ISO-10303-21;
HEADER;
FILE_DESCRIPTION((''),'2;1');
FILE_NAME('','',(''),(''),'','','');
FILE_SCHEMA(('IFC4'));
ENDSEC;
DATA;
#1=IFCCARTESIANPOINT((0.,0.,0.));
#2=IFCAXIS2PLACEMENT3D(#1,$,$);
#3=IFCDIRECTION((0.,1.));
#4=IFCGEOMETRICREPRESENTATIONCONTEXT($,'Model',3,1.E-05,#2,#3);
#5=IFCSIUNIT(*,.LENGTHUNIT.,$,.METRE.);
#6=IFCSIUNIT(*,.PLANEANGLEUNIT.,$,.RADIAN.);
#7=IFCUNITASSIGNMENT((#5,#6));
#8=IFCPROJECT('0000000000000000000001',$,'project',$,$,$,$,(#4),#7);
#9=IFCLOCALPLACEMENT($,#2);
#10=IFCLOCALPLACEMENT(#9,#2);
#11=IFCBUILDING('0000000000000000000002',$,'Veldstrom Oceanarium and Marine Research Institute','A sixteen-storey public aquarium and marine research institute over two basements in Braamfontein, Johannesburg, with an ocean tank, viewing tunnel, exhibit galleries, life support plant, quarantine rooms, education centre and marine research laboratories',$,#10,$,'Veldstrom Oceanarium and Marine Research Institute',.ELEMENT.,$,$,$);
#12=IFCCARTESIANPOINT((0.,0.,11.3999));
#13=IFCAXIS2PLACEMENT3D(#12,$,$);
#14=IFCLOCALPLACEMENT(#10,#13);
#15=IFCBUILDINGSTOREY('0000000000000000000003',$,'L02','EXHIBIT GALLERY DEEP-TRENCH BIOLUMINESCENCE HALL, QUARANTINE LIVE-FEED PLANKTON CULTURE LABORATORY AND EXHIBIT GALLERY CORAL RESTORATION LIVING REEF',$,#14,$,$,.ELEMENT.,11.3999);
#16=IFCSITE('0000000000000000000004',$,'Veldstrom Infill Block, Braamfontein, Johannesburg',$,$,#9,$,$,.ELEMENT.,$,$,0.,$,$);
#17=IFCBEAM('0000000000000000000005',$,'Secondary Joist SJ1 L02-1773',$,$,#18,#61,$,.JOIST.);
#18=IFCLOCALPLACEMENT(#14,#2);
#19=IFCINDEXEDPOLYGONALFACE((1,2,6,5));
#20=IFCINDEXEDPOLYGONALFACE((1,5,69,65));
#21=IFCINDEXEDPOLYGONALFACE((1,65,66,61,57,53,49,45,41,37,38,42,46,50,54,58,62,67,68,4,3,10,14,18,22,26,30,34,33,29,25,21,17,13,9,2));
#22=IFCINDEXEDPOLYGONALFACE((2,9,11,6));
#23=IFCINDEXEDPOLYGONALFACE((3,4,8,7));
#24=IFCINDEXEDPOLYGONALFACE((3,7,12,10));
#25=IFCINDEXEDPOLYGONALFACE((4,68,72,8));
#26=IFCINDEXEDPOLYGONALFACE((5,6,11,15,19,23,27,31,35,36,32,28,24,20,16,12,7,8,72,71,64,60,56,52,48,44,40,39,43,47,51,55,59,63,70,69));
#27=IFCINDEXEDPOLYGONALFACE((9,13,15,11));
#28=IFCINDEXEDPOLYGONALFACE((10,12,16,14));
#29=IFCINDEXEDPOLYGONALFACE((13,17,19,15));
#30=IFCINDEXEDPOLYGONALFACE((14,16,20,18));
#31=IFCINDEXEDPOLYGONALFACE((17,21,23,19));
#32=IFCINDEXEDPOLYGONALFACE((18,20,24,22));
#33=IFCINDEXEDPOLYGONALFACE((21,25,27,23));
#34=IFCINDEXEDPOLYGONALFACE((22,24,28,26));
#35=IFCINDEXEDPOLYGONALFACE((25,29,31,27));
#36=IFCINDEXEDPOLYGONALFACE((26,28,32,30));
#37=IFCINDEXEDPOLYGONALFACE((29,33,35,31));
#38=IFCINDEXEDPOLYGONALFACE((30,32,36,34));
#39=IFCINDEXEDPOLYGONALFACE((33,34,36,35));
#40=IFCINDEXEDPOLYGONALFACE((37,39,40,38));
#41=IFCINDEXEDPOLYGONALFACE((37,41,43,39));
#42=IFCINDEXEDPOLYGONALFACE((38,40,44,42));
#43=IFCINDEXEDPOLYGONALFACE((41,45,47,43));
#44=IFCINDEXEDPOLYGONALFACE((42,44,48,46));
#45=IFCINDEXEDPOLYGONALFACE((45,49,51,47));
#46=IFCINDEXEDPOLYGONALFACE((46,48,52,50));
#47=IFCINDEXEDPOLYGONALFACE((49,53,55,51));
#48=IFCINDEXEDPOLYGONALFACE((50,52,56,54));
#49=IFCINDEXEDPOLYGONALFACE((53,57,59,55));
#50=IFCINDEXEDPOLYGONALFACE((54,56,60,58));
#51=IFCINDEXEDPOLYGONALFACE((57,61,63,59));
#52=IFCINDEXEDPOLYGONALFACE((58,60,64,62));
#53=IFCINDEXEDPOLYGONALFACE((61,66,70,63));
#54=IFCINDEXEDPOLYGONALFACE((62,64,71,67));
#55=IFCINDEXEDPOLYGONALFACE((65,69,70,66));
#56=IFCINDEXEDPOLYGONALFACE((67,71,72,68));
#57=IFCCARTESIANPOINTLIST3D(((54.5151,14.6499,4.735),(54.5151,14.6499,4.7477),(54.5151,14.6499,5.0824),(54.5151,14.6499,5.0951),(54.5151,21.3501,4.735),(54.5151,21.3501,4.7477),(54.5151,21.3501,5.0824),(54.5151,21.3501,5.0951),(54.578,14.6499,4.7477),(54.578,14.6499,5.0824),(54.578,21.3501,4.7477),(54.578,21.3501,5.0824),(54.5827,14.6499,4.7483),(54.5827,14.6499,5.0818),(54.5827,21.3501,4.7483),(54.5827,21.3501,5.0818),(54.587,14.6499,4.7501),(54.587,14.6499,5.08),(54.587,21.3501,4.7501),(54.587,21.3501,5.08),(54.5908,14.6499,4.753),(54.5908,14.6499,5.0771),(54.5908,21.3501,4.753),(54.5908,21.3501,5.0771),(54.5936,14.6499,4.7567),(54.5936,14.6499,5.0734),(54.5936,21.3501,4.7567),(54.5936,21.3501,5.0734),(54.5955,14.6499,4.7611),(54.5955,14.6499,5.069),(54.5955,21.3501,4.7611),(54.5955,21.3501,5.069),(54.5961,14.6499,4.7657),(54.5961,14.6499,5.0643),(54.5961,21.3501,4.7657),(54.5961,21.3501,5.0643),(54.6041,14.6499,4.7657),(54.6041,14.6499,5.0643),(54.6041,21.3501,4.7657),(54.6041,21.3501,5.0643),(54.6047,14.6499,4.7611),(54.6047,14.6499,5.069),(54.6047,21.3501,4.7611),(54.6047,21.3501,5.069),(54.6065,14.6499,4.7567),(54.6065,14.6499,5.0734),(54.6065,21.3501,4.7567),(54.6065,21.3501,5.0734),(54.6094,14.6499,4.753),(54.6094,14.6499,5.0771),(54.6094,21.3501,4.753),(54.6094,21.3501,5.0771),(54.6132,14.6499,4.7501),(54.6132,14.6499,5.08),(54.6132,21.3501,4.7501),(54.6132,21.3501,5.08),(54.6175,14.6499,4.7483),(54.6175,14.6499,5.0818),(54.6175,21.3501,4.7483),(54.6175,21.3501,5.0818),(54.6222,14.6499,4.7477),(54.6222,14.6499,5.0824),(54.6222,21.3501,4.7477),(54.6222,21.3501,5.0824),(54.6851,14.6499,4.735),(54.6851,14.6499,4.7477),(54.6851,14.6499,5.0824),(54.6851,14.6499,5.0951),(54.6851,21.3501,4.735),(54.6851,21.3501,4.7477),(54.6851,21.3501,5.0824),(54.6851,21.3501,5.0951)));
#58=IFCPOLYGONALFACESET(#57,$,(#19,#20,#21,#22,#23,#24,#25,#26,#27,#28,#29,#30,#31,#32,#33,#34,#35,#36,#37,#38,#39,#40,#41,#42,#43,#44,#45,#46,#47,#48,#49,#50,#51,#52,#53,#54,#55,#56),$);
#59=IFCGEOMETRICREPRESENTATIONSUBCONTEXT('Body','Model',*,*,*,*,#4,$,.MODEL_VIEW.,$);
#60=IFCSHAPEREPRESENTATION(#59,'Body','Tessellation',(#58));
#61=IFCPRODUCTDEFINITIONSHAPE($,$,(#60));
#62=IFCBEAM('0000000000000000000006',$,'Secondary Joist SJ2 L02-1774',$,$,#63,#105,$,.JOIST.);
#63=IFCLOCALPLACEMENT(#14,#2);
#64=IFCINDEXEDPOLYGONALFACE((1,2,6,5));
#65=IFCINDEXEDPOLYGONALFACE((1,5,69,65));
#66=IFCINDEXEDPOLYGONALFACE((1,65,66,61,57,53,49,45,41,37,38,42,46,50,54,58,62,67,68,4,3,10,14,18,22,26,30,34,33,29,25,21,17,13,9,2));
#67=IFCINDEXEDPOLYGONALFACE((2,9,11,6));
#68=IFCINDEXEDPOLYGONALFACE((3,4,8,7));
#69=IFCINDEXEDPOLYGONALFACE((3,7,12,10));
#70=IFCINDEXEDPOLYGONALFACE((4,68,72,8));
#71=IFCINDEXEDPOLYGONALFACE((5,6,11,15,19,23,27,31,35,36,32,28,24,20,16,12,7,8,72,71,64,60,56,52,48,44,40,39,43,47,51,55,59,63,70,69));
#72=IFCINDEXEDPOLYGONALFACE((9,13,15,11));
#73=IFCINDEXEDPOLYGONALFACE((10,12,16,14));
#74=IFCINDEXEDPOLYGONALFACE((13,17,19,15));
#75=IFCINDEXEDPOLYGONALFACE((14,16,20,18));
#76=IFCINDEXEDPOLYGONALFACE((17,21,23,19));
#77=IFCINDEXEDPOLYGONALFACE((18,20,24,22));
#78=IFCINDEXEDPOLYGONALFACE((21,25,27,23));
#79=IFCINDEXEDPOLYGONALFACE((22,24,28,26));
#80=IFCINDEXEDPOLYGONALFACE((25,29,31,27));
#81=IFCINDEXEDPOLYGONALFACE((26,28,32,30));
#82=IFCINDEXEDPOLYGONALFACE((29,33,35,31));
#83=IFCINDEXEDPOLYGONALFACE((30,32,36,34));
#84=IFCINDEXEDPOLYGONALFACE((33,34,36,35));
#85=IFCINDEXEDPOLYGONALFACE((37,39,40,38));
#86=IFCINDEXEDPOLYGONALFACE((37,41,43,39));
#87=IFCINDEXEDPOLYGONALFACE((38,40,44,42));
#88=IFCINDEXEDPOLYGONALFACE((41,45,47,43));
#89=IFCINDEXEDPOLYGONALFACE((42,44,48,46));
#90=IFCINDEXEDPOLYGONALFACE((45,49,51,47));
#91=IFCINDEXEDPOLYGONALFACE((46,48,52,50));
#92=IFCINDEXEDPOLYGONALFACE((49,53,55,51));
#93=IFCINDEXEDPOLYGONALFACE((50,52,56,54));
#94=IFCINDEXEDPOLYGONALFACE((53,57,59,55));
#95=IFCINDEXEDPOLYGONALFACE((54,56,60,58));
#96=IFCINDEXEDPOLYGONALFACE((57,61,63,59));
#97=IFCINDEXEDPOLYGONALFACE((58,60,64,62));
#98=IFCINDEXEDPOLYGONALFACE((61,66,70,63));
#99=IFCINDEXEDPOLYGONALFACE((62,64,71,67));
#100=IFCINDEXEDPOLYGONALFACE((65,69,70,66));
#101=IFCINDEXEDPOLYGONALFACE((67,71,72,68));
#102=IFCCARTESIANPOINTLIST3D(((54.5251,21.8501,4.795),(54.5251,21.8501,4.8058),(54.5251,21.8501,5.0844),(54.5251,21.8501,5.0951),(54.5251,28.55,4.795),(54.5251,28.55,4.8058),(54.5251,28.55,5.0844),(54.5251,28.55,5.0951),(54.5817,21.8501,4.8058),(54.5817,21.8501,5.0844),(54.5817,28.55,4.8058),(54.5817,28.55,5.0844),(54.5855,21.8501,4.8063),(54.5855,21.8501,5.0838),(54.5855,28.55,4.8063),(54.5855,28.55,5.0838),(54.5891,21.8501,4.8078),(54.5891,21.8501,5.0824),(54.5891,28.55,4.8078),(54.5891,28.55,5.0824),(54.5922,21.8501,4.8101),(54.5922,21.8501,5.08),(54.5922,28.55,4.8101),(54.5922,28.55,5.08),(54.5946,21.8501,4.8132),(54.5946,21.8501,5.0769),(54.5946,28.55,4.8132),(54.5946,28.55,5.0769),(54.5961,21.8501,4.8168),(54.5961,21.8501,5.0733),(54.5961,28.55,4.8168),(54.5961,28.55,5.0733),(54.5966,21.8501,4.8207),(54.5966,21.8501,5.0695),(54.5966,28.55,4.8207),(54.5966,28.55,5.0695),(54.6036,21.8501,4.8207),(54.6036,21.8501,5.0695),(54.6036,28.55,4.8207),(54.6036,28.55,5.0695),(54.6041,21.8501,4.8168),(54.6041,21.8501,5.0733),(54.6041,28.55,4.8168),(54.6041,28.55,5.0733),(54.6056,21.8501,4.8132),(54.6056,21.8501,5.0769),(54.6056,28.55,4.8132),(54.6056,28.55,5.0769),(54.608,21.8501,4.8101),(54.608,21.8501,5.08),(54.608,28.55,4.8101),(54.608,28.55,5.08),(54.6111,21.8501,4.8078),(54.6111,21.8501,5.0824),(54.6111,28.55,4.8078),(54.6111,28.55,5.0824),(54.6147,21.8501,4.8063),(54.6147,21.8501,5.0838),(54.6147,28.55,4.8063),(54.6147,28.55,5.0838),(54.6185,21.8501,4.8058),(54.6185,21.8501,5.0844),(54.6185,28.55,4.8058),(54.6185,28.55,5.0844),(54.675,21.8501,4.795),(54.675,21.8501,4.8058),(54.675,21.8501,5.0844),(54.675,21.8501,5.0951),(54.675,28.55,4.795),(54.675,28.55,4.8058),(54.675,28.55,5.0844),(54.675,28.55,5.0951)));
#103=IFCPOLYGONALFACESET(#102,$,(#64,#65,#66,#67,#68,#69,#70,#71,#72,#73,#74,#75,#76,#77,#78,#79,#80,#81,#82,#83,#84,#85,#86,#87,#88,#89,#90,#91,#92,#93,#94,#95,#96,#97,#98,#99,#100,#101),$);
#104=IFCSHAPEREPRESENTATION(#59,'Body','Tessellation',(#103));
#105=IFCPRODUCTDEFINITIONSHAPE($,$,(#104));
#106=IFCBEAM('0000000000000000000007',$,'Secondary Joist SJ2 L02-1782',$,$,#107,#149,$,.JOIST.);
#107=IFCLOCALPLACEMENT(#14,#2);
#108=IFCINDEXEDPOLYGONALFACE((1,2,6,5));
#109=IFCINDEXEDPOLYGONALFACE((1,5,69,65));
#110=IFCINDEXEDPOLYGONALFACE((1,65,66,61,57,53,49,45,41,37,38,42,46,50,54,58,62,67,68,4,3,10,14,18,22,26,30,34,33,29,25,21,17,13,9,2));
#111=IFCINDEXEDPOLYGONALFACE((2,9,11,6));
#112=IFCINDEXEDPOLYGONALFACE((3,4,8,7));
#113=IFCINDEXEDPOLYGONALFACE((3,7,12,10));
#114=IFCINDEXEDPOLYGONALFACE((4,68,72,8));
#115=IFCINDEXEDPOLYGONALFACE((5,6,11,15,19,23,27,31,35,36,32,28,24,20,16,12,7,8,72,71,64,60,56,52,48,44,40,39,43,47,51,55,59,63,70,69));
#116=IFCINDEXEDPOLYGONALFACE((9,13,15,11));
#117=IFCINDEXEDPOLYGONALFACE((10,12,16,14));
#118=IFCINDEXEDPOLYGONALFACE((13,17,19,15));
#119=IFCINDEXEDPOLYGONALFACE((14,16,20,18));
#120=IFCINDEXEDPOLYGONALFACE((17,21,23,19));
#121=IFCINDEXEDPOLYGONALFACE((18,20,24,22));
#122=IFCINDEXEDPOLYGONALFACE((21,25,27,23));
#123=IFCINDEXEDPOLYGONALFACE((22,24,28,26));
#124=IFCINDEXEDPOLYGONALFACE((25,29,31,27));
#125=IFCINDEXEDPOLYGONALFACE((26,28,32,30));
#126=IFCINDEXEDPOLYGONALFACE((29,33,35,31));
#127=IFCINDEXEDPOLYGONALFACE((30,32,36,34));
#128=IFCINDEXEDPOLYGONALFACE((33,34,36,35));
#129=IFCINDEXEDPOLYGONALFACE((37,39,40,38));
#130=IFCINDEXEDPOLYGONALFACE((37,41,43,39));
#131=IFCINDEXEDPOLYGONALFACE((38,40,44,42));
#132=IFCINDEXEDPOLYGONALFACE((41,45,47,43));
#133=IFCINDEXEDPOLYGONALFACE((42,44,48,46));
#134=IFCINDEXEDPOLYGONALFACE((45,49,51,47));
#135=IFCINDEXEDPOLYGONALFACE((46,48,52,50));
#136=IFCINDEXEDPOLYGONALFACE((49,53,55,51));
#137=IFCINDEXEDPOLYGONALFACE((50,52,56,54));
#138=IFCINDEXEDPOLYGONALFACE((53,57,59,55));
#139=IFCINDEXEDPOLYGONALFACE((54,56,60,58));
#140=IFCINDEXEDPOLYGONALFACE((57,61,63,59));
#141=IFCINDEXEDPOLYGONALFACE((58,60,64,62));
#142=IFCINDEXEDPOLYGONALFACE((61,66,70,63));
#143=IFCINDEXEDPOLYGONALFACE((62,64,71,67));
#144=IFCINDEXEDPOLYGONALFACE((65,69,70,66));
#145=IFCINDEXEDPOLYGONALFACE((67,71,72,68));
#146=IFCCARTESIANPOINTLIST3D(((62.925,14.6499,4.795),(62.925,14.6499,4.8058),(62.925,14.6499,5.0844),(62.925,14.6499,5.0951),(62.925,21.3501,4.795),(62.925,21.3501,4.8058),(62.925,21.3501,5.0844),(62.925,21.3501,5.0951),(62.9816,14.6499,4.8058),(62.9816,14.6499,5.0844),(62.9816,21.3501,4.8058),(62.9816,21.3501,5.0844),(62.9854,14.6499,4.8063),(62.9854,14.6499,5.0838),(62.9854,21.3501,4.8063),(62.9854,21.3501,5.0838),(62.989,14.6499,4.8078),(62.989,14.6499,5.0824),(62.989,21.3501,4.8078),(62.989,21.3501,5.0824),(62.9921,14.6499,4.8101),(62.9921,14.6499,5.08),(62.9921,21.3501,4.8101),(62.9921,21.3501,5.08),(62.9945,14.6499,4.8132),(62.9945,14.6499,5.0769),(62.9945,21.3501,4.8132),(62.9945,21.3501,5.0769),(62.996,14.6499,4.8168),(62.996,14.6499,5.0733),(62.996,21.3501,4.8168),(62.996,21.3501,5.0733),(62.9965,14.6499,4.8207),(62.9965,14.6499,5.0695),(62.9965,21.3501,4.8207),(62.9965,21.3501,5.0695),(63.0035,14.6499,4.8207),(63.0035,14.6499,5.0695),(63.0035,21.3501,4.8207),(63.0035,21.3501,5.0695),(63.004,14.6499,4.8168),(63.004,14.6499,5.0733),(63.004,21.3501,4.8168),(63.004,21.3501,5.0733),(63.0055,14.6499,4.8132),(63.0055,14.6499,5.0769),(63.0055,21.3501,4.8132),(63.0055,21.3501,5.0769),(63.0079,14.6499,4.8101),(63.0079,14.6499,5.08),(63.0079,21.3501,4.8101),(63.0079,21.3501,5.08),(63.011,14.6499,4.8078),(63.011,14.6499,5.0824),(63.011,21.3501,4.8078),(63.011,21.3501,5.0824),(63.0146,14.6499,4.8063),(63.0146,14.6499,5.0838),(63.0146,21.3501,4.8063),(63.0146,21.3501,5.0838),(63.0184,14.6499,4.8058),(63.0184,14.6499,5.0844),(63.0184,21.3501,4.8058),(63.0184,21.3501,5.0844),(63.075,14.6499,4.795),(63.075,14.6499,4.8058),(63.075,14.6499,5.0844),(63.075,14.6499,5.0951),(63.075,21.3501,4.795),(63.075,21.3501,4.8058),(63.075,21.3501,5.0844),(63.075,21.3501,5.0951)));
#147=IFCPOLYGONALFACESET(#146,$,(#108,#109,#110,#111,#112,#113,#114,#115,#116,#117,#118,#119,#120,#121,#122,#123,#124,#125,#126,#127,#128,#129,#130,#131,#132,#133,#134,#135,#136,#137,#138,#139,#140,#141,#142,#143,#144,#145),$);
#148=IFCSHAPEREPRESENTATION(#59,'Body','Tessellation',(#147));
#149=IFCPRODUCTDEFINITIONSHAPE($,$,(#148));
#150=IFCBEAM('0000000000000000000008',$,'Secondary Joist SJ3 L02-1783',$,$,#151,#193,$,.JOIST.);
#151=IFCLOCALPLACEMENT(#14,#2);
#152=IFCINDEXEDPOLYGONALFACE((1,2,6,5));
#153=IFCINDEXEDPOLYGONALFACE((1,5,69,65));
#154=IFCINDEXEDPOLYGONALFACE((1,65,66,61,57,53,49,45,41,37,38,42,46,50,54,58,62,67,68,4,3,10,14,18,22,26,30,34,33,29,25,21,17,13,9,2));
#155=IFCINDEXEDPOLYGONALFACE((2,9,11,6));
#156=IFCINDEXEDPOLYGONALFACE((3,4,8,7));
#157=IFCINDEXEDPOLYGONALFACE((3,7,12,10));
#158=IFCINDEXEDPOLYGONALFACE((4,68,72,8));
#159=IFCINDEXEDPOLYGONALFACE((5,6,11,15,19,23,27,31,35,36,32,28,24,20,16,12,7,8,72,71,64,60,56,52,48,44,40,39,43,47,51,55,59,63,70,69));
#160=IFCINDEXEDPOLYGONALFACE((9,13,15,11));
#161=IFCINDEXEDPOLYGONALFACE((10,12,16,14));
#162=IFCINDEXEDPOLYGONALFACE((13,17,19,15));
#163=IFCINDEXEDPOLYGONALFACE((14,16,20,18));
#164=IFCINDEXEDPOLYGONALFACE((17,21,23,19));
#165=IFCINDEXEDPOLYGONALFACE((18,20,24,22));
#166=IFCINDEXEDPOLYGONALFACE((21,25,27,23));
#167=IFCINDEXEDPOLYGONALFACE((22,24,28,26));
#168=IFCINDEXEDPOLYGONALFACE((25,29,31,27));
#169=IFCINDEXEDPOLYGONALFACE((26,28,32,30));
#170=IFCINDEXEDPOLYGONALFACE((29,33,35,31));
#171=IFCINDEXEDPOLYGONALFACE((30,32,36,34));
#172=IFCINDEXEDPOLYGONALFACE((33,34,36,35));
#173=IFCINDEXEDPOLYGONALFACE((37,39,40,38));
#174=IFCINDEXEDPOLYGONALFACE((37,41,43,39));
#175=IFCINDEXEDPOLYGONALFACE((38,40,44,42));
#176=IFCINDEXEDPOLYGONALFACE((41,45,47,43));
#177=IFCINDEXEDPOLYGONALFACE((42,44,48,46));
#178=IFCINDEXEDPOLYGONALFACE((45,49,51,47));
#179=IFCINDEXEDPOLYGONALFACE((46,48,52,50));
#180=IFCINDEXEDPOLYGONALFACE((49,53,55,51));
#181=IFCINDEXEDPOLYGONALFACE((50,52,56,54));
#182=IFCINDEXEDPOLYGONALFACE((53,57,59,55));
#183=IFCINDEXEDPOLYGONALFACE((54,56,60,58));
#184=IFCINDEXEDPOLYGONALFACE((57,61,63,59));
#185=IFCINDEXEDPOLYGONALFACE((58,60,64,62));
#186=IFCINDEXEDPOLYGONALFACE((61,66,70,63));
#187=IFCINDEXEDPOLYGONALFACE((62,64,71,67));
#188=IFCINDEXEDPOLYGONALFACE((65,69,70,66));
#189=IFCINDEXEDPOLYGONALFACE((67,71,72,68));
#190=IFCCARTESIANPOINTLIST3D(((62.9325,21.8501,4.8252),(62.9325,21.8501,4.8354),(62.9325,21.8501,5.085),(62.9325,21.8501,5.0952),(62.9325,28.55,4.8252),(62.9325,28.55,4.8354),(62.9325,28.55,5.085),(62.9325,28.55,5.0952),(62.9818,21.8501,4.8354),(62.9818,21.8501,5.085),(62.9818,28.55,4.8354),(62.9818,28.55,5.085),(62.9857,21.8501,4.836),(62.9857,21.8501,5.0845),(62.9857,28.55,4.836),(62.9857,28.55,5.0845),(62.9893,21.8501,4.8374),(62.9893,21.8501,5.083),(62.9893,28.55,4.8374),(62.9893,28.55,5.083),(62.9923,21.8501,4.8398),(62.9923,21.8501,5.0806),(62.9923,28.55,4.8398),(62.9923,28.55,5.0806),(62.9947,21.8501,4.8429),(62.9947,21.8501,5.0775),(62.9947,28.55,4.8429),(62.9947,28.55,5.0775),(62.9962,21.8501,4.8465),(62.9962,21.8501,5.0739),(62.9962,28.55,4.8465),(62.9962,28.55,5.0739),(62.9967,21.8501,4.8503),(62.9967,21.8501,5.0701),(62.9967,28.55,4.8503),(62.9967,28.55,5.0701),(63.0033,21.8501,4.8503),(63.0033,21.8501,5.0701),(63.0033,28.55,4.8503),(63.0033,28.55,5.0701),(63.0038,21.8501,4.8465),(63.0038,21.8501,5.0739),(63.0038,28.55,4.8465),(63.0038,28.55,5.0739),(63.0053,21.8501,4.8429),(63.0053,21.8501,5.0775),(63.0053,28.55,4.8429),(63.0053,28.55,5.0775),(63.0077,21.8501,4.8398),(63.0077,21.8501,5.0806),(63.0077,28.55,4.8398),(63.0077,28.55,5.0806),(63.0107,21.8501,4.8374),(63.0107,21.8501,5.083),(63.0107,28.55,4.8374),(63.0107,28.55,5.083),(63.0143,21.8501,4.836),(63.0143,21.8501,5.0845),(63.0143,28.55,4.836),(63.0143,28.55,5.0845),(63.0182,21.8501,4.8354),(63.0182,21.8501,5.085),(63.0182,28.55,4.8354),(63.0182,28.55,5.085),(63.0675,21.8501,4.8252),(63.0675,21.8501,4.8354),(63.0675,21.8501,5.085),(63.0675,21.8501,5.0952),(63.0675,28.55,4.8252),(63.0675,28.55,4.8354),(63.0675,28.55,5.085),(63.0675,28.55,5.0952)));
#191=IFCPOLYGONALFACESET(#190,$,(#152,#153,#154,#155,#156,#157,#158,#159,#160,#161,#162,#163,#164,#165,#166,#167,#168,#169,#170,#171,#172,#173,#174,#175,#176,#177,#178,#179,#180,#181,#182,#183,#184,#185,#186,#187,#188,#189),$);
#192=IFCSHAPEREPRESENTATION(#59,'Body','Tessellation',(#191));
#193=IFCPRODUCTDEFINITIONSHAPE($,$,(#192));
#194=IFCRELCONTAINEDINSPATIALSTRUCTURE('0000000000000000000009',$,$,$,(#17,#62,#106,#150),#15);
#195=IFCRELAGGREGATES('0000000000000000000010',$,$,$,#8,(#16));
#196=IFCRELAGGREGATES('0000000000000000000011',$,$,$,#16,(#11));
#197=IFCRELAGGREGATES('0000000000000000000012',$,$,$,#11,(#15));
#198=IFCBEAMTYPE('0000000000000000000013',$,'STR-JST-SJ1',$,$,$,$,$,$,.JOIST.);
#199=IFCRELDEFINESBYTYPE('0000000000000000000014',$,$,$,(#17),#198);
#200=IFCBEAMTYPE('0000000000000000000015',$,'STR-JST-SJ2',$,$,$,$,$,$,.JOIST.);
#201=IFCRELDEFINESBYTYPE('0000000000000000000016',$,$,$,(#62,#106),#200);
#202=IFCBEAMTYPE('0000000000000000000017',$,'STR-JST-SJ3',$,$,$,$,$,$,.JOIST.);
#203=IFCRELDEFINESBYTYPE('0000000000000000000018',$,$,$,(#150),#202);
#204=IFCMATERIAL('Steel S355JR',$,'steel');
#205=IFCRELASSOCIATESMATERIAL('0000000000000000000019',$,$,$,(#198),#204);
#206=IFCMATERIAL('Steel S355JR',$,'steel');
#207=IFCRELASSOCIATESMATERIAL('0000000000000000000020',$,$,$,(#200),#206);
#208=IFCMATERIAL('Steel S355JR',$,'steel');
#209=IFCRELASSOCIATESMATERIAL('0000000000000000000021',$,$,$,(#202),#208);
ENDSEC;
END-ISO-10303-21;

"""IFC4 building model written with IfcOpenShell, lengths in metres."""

from ifc_helpers import new_model, si_unit, direction, frame, origin, origin_2d, place, context, subcontext, project, spatial, i_section, extrude, material, material_profile, profile_set, type_object, element, save


model = new_model("IFC4")

# Units and contexts
model_context = context("Model", 3, precision=1e-05, world=origin(), true_north=direction((0.0, 1.0)))
body_context = subcontext(model_context, "Body", "Model", "MODEL_VIEW")
ifc_project = project(units=[si_unit("LENGTHUNIT", "METRE"), si_unit("PLANEANGLEUNIT", "RADIAN")], contexts=[model_context])

# Site, building, storey
site_placement = place(None, origin())
site = spatial("IfcSite", under=ifc_project, at=site_placement, Name="Veldstrom Infill Block, Braamfontein, Johannesburg", CompositionType="ELEMENT", RefElevation=0.0)
building_placement = place(site_placement, origin())
building = spatial("IfcBuilding", under=site, at=building_placement, Name="Veldstrom Oceanarium and Marine Research Institute", Description="A sixteen-storey public aquarium and marine research institute over two basements in Braamfontein, Johannesburg, with an ocean tank, viewing tunnel, exhibit galleries, life support plant, quarantine rooms, education centre and marine research laboratories", LongName="Veldstrom Oceanarium and Marine Research Institute", CompositionType="ELEMENT")
storey_placement = place(building_placement, frame((0.0, 0.0, 11.3999)))
storey = spatial("IfcBuildingStorey", under=building, at=storey_placement, Name="L02", Description="EXHIBIT GALLERY DEEP-TRENCH BIOLUMINESCENCE HALL, QUARANTINE LIVE-FEED PLANKTON CULTURE LABORATORY AND EXHIBIT GALLERY CORAL RESTORATION LIVING REEF", CompositionType="ELEMENT", Elevation=11.3999)

# Beams
ifc_material_1 = material(Name="Steel S355JR", Category="steel")
ifc_material_profile_1 = material_profile(ifc_material_1, i_section(OverallWidth=0.1699, OverallDepth=0.3601, WebThickness=0.0081, FlangeThickness=0.0127, FilletRadius=0.0181, at=origin_2d()), Name="IPE 360")
ifc_profile_set_1 = profile_set([ifc_material_profile_1], Name="Steel S355JR")
beam_type_1 = type_object("IfcBeamType", Name="STR-JST-SJ1", PredefinedType="JOIST", material=ifc_profile_set_1)
beam_1_placement = place(storey_placement, frame((54.6001, 14.6499, 4.915), z_axis=(0.0, 1.0, 0.0), x_axis=(-1.0, 0.0, 0.0)))
element("IfcBeam", 1, at=beam_1_placement, inside=storey, type_object=beam_type_1, Name="Secondary Joist SJ1 L02-1773", PredefinedType="JOIST", context=body_context, shape_type="SweptSolid", body=[
    extrude(i_section(OverallWidth=0.1699, OverallDepth=0.3601, WebThickness=0.0081, FlangeThickness=0.0127, FilletRadius=0.0181, at=origin_2d()), origin(), (0.0, 0.0, 1.0), 6.7002),
])
ifc_material_2 = material(Name="Steel S355JR", Category="steel")
ifc_material_profile_2 = material_profile(ifc_material_2, i_section(OverallWidth=0.1499, OverallDepth=0.3, WebThickness=0.0071, FlangeThickness=0.0107, FilletRadius=0.0149, at=origin_2d()), Name="IPE 300")
ifc_profile_set_2 = profile_set([ifc_material_profile_2], Name="Steel S355JR")
beam_type_2 = type_object("IfcBeamType", Name="STR-JST-SJ2", PredefinedType="JOIST", material=ifc_profile_set_2)
beam_2_placement = place(storey_placement, frame((54.6001, 21.8501, 4.9451), z_axis=(0.0, 1.0, 0.0), x_axis=(-1.0, 0.0, 0.0)))
element("IfcBeam", 2, at=beam_2_placement, inside=storey, type_object=beam_type_2, Name="Secondary Joist SJ2 L02-1774", PredefinedType="JOIST", context=body_context, shape_type="SweptSolid", body=[
    extrude(i_section(OverallWidth=0.1499, OverallDepth=0.3, WebThickness=0.0071, FlangeThickness=0.0107, FilletRadius=0.0149, at=origin_2d()), origin(), (0.0, 0.0, 1.0), 6.7),
])
beam_3_placement = place(storey_placement, frame((63.0, 14.6499, 4.9451), z_axis=(0.0, 1.0, 0.0), x_axis=(-1.0, 0.0, 0.0)))
element("IfcBeam", 3, at=beam_3_placement, inside=storey, type_object=beam_type_2, Name="Secondary Joist SJ2 L02-1782", PredefinedType="JOIST", context=body_context, shape_type="SweptSolid", body=[
    extrude(i_section(OverallWidth=0.1499, OverallDepth=0.3, WebThickness=0.0071, FlangeThickness=0.0107, FilletRadius=0.0149, at=origin_2d()), origin(), (0.0, 0.0, 1.0), 6.7002),
])
ifc_material_3 = material(Name="Steel S355JR", Category="steel")
ifc_material_profile_3 = material_profile(ifc_material_3, i_section(OverallWidth=0.135, OverallDepth=0.27, WebThickness=0.0066, FlangeThickness=0.0103, FilletRadius=0.0149, at=origin_2d()), Name="IPE 270")
ifc_profile_set_3 = profile_set([ifc_material_profile_3], Name="Steel S355JR")
beam_type_3 = type_object("IfcBeamType", Name="STR-JST-SJ3", PredefinedType="JOIST", material=ifc_profile_set_3)
beam_4_placement = place(storey_placement, frame((63.0, 21.8501, 4.9602), z_axis=(0.0, 1.0, 0.0), x_axis=(-1.0, 0.0, 0.0)))
element("IfcBeam", 4, at=beam_4_placement, inside=storey, type_object=beam_type_3, Name="Secondary Joist SJ3 L02-1783", PredefinedType="JOIST", context=body_context, shape_type="SweptSolid", body=[
    extrude(i_section(OverallWidth=0.135, OverallDepth=0.27, WebThickness=0.0066, FlangeThickness=0.0103, FilletRadius=0.0149, at=origin_2d()), origin(), (0.0, 0.0, 1.0), 6.7),
])

save(model, "model.ifc")
